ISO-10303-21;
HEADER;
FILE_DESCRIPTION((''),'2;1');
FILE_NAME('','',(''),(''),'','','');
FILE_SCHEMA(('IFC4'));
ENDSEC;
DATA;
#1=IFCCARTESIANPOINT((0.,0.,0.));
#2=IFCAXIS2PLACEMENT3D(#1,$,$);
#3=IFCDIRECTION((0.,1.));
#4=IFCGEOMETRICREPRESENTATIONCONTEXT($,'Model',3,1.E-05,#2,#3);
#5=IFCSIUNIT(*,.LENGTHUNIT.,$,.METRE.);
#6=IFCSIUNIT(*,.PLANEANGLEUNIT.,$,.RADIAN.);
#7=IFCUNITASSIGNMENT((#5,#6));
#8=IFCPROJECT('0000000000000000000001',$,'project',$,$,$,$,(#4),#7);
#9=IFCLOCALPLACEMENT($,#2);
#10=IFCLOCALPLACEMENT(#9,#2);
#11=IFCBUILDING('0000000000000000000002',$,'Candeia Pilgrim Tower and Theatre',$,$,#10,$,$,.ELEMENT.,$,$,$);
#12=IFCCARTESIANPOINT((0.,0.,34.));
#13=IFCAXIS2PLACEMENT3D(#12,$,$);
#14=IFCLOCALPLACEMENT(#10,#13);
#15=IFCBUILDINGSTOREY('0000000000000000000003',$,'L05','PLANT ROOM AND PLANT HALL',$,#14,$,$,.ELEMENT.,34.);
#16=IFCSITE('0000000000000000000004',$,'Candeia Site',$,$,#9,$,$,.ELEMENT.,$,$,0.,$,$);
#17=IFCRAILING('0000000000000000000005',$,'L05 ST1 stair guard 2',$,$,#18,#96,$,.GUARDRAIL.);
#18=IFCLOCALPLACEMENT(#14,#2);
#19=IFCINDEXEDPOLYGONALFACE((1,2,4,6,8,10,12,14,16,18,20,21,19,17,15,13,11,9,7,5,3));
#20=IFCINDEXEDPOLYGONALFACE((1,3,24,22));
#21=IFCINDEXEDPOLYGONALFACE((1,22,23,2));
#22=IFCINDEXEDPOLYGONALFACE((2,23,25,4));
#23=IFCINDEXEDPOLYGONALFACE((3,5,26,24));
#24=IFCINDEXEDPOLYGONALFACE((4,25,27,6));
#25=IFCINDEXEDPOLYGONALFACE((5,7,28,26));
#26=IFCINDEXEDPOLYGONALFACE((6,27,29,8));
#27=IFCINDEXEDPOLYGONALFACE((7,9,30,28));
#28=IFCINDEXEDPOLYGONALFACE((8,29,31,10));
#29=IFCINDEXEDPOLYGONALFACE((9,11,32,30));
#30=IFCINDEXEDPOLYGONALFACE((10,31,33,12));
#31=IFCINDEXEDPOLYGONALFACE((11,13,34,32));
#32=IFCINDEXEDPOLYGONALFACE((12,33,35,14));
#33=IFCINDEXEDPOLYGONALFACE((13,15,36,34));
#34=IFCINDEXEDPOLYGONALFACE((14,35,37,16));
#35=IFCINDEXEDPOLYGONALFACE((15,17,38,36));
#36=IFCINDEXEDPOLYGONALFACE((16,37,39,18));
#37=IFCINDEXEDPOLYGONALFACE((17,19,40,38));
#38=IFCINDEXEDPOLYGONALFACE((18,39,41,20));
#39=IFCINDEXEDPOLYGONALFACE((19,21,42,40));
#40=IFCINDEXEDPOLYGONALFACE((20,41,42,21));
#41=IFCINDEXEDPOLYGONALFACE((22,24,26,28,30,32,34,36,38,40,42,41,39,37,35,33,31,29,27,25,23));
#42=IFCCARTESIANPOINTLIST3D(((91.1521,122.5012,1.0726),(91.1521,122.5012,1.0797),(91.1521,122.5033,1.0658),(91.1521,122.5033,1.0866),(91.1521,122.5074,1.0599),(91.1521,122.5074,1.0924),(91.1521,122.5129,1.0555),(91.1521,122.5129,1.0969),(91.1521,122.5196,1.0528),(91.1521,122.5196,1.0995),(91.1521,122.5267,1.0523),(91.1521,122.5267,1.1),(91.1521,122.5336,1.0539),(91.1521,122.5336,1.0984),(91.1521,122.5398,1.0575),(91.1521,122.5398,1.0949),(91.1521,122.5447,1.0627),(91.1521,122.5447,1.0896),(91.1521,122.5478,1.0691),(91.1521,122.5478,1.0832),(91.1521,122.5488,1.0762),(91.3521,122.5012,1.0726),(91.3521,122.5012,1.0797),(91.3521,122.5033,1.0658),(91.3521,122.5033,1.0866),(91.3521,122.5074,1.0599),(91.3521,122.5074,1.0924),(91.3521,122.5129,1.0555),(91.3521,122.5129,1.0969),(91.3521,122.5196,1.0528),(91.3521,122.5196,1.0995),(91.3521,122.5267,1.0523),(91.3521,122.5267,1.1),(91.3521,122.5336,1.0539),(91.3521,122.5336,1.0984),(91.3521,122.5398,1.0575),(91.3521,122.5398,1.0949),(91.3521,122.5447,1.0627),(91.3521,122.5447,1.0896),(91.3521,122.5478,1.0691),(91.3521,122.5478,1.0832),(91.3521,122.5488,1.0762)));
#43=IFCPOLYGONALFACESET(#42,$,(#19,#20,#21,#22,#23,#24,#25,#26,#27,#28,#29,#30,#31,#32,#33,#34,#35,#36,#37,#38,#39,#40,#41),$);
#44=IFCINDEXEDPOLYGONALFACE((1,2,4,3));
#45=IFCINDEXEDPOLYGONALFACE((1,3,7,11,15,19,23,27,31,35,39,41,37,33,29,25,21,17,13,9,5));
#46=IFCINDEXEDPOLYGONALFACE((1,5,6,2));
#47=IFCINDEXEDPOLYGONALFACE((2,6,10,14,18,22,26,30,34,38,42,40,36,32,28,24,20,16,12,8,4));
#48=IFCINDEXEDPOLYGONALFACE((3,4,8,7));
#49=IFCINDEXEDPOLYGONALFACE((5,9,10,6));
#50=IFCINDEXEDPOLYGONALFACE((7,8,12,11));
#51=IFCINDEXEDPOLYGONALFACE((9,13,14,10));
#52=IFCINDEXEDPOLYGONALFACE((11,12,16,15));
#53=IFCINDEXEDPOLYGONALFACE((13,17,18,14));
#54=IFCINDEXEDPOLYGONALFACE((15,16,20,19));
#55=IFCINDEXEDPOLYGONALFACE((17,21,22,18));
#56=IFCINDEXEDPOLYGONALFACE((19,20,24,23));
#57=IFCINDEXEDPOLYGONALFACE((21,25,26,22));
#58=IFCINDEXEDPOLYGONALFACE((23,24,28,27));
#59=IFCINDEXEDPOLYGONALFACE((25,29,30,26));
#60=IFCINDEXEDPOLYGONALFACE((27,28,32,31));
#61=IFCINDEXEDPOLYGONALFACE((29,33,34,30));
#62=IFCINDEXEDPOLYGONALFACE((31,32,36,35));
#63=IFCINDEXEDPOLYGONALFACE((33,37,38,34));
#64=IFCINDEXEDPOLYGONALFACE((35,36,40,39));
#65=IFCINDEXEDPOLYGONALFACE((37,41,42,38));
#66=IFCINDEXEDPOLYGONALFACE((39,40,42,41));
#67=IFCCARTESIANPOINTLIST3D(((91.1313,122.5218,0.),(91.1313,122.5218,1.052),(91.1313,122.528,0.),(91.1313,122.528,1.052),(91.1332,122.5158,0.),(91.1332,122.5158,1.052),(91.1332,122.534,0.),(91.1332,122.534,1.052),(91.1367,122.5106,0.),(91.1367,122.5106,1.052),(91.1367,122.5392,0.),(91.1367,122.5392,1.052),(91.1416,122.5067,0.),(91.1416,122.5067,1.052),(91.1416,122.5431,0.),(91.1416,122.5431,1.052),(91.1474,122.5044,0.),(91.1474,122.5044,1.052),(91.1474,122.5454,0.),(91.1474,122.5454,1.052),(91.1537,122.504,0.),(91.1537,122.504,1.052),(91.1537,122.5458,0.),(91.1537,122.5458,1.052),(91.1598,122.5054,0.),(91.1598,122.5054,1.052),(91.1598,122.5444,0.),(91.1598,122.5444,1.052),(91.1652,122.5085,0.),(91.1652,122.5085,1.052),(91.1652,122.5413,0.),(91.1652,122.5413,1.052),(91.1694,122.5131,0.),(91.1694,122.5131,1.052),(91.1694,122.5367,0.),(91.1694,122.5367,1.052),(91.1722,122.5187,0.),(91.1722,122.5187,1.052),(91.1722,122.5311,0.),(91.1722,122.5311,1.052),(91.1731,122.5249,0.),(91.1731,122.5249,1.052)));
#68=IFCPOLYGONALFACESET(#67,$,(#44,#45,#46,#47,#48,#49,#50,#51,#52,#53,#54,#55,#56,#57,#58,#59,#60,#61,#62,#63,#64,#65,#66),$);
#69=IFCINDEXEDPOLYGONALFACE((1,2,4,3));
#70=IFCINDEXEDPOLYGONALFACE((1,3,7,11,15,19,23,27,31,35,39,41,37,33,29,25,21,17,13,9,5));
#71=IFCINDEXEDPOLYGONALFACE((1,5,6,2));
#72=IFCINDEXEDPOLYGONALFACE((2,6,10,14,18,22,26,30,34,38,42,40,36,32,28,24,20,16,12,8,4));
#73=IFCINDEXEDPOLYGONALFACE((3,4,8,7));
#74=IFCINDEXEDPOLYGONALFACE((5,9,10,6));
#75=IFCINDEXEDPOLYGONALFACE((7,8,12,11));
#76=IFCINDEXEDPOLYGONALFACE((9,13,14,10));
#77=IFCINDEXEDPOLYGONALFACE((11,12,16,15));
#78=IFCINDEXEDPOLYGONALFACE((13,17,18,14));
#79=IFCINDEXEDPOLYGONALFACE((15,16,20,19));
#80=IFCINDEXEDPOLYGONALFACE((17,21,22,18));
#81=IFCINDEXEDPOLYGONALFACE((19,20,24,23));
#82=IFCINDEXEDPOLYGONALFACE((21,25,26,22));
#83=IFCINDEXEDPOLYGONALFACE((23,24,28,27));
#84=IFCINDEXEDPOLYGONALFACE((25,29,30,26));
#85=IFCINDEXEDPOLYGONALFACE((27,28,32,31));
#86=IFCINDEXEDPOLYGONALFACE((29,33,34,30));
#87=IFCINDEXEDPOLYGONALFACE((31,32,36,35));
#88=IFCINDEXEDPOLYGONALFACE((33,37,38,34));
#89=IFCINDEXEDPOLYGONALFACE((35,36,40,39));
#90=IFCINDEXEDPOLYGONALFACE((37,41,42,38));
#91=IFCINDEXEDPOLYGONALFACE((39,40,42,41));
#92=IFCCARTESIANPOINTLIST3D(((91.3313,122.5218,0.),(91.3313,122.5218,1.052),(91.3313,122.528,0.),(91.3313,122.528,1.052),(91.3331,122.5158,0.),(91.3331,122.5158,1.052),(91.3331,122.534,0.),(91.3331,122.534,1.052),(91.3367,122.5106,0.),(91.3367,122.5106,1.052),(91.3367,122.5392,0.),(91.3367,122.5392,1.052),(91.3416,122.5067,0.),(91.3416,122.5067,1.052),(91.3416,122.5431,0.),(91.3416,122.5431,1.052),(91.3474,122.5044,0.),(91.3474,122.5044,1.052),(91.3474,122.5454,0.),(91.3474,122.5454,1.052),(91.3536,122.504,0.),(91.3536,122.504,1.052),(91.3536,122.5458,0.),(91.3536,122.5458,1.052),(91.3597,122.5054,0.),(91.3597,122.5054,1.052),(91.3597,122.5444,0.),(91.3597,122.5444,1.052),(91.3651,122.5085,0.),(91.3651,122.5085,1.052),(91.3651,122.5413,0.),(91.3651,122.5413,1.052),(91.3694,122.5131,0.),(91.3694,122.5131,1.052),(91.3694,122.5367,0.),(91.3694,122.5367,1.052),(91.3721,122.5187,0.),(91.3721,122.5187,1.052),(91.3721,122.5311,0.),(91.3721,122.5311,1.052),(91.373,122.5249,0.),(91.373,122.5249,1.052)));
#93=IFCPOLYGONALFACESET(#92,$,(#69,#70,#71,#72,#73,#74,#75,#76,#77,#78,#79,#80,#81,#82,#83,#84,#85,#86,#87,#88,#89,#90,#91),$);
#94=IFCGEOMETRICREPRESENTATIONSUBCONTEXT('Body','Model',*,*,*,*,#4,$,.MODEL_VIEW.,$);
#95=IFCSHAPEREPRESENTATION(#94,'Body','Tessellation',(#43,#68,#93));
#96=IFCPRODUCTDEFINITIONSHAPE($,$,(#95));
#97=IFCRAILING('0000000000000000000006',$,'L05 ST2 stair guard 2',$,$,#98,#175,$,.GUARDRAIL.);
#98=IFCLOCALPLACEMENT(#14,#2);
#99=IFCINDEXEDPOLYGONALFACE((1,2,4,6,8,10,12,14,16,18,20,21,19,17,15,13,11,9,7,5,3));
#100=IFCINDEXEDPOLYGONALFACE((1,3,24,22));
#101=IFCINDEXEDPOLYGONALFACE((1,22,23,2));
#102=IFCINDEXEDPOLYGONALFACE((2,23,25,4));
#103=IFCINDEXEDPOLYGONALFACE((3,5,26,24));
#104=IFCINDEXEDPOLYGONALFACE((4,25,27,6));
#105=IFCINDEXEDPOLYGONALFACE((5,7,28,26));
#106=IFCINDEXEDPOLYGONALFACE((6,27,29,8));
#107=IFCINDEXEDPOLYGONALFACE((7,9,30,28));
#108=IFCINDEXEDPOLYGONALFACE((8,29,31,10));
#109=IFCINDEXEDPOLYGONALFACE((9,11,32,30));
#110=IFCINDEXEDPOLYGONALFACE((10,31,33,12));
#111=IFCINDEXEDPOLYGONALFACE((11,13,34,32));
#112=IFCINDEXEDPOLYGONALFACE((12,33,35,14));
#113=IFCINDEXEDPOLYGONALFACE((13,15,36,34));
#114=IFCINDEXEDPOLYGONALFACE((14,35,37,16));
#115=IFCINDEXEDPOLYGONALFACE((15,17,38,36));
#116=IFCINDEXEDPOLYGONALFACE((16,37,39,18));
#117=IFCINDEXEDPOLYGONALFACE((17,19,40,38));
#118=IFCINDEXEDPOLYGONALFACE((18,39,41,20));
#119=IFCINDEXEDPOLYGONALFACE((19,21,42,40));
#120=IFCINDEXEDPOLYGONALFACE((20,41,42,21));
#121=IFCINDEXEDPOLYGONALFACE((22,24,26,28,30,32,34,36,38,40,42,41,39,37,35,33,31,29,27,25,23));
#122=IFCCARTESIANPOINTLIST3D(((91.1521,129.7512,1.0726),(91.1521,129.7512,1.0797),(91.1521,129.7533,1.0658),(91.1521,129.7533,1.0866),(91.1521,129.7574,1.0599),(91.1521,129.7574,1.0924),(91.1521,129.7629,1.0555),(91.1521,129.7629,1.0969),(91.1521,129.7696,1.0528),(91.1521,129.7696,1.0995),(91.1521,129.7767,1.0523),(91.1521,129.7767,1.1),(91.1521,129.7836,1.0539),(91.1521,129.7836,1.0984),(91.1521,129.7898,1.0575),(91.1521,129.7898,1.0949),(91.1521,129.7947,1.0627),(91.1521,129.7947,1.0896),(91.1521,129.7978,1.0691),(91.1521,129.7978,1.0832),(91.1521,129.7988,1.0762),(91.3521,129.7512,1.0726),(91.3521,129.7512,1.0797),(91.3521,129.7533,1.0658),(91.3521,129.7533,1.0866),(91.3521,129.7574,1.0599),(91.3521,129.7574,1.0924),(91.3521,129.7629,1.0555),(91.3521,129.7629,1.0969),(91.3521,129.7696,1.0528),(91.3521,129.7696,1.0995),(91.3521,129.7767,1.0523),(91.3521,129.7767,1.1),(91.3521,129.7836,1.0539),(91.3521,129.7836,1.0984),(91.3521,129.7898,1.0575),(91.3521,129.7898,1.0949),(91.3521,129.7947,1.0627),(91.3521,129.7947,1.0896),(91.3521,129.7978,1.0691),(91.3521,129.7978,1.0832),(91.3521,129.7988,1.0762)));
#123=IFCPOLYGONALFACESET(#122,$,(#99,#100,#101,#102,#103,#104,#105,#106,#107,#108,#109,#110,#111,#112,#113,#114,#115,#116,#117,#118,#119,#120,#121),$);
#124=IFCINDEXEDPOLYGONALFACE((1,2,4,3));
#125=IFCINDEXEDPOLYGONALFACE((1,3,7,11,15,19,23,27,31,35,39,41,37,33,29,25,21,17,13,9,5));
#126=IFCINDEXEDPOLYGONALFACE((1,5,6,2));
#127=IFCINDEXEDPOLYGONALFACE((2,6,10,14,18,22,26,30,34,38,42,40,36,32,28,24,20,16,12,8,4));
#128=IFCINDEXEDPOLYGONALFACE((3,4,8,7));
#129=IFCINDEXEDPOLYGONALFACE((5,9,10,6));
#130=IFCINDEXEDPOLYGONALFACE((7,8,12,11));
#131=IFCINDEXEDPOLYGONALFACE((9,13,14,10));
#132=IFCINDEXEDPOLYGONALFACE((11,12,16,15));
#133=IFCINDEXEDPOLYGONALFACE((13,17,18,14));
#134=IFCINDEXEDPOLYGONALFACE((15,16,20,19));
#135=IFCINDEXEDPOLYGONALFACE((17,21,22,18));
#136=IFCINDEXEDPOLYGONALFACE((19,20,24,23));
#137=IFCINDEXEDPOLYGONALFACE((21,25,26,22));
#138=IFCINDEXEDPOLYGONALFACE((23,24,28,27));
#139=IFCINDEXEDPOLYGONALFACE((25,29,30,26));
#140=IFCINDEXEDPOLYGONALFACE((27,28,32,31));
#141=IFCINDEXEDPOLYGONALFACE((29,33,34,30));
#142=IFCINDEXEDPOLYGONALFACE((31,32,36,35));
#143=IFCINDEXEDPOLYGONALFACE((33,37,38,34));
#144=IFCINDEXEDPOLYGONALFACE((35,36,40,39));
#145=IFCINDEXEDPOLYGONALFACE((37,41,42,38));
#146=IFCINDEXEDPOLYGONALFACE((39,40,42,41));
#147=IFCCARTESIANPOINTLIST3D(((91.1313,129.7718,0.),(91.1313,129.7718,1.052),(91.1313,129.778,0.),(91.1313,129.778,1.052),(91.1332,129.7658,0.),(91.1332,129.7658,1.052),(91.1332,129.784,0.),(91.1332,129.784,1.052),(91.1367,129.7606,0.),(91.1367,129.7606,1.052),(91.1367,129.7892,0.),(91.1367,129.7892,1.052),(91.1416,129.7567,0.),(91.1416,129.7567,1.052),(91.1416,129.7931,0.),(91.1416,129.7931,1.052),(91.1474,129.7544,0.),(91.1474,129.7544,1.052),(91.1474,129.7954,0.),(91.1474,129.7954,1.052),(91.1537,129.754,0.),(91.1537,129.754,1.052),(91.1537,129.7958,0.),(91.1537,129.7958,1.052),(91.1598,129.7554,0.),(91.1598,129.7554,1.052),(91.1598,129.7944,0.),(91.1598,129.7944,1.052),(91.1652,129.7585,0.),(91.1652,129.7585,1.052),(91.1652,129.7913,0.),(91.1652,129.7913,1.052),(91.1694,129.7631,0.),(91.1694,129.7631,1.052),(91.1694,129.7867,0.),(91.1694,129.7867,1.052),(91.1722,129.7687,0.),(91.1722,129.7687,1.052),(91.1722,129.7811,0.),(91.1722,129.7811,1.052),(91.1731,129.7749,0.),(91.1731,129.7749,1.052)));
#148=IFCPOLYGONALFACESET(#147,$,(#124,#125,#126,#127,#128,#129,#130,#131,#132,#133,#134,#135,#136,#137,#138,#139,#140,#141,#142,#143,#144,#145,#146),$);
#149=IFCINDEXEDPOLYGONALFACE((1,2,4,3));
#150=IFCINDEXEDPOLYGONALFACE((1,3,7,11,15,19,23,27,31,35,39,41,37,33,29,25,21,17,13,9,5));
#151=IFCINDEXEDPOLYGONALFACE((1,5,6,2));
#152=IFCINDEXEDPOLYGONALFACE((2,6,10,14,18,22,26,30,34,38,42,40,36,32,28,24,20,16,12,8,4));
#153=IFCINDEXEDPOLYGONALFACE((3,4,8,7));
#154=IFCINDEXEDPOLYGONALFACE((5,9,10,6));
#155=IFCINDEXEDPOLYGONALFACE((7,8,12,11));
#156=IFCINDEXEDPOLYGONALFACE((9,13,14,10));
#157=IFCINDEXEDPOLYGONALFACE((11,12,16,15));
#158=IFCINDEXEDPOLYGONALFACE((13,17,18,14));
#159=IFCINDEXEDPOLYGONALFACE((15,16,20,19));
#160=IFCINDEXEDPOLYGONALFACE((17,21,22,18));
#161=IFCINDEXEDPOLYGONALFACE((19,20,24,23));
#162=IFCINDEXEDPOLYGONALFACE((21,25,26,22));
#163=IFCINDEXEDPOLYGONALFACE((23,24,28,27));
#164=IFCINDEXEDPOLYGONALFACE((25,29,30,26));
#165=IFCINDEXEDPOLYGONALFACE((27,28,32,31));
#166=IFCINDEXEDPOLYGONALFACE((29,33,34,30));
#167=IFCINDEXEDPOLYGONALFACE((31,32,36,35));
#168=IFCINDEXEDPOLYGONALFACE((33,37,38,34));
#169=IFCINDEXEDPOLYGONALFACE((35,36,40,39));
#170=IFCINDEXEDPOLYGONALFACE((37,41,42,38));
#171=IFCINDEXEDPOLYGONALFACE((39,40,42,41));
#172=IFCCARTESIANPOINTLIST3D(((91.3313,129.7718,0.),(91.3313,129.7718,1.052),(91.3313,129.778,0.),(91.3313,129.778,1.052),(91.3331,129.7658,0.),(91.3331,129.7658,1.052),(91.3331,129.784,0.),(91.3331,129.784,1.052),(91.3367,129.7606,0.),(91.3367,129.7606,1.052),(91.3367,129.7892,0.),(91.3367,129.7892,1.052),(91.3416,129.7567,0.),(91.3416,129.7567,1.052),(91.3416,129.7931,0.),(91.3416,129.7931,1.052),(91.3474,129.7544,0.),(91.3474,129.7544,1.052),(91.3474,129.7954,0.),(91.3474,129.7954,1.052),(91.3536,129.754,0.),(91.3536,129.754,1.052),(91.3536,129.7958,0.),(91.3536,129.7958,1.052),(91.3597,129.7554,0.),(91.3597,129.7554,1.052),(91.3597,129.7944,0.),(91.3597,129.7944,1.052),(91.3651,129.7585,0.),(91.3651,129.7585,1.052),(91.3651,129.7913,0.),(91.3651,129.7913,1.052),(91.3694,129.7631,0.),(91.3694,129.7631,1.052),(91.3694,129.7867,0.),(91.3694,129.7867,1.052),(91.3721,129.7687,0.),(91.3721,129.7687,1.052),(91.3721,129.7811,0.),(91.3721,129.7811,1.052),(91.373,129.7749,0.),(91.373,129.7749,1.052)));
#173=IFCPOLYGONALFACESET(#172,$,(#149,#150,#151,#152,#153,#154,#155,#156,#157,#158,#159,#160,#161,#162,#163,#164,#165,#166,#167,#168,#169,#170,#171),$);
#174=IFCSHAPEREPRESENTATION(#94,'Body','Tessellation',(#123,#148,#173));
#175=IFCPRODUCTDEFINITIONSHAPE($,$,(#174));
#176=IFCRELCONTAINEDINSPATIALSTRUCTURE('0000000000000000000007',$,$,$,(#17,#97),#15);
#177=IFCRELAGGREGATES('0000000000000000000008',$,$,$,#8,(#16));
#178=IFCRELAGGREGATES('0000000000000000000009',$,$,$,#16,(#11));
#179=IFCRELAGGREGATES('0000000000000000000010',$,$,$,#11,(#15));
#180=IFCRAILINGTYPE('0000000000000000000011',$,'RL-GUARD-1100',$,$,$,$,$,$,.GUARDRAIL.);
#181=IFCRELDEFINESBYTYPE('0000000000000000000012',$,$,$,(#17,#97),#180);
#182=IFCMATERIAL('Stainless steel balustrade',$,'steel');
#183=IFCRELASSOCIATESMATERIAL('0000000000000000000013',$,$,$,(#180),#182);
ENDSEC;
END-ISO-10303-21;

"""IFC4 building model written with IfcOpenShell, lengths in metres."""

from ifc_helpers import new_model, si_unit, direction, frame, origin, origin_2d, place, context, subcontext, project, spatial, circle, extrude, material, type_object, element, save


model = new_model("IFC4")

# Units and contexts
model_context = context("Model", 3, precision=1e-05, world=origin(), true_north=direction((0.0, 1.0)))
body_context = subcontext(model_context, "Body", "Model", "MODEL_VIEW")
ifc_project = project(units=[si_unit("LENGTHUNIT", "METRE"), si_unit("PLANEANGLEUNIT", "RADIAN")], contexts=[model_context])

# Site, building, storey
site_placement = place(None, origin())
site = spatial("IfcSite", under=ifc_project, at=site_placement, Name="Candeia Site", CompositionType="ELEMENT", RefElevation=0.0)
building_placement = place(site_placement, origin())
building = spatial("IfcBuilding", under=site, at=building_placement, Name="Candeia Pilgrim Tower and Theatre", CompositionType="ELEMENT")
storey_placement = place(building_placement, frame((0.0, 0.0, 34.0)))
storey = spatial("IfcBuildingStorey", under=building, at=storey_placement, Name="L05", Description="PLANT ROOM AND PLANT HALL", CompositionType="ELEMENT", Elevation=34.0)

# Railings
ifc_material_1 = material(Name="Stainless steel balustrade", Category="steel")
railing_type_1 = type_object("IfcRailingType", Name="RL-GUARD-1100", PredefinedType="GUARDRAIL", material=ifc_material_1)
railing_1_placement = place(storey_placement, frame((91.1521, 122.5249, 0.0)))
element("IfcRailing", 1, at=railing_1_placement, inside=storey, type_object=railing_type_1, Name="L05 ST1 stair guard 2", PredefinedType="GUARDRAIL", context=body_context, shape_type="SweptSolid", body=[
    extrude(circle(Radius=0.0239, at=origin_2d()), frame((0.0, 0.0, 1.0762), z_axis=(1.0, 0.0, 0.0), x_axis=(0.0, 1.0, 0.0)), (0.0, 0.0, 1.0), 0.2),
    extrude(circle(Radius=0.021, at=origin_2d()), origin(), (0.0, 0.0, 1.0), 1.052),
    extrude(circle(Radius=0.021, at=origin_2d()), frame((0.2, 0.0, 0.0)), (0.0, 0.0, 1.0), 1.052),
])
railing_2_placement = place(storey_placement, frame((91.1521, 129.7749, 0.0)))
element("IfcRailing", 2, at=railing_2_placement, inside=storey, type_object=railing_type_1, Name="L05 ST2 stair guard 2", PredefinedType="GUARDRAIL", context=body_context, shape_type="SweptSolid", body=[
    extrude(circle(Radius=0.0239, at=origin_2d()), frame((0.0, 0.0, 1.0762), z_axis=(1.0, 0.0, 0.0), x_axis=(0.0, 1.0, 0.0)), (0.0, 0.0, 1.0), 0.2),
    extrude(circle(Radius=0.021, at=origin_2d()), origin(), (0.0, 0.0, 1.0), 1.052),
    extrude(circle(Radius=0.021, at=origin_2d()), frame((0.2, 0.0, 0.0)), (0.0, 0.0, 1.0), 1.052),
])

save(model, "model.ifc")
